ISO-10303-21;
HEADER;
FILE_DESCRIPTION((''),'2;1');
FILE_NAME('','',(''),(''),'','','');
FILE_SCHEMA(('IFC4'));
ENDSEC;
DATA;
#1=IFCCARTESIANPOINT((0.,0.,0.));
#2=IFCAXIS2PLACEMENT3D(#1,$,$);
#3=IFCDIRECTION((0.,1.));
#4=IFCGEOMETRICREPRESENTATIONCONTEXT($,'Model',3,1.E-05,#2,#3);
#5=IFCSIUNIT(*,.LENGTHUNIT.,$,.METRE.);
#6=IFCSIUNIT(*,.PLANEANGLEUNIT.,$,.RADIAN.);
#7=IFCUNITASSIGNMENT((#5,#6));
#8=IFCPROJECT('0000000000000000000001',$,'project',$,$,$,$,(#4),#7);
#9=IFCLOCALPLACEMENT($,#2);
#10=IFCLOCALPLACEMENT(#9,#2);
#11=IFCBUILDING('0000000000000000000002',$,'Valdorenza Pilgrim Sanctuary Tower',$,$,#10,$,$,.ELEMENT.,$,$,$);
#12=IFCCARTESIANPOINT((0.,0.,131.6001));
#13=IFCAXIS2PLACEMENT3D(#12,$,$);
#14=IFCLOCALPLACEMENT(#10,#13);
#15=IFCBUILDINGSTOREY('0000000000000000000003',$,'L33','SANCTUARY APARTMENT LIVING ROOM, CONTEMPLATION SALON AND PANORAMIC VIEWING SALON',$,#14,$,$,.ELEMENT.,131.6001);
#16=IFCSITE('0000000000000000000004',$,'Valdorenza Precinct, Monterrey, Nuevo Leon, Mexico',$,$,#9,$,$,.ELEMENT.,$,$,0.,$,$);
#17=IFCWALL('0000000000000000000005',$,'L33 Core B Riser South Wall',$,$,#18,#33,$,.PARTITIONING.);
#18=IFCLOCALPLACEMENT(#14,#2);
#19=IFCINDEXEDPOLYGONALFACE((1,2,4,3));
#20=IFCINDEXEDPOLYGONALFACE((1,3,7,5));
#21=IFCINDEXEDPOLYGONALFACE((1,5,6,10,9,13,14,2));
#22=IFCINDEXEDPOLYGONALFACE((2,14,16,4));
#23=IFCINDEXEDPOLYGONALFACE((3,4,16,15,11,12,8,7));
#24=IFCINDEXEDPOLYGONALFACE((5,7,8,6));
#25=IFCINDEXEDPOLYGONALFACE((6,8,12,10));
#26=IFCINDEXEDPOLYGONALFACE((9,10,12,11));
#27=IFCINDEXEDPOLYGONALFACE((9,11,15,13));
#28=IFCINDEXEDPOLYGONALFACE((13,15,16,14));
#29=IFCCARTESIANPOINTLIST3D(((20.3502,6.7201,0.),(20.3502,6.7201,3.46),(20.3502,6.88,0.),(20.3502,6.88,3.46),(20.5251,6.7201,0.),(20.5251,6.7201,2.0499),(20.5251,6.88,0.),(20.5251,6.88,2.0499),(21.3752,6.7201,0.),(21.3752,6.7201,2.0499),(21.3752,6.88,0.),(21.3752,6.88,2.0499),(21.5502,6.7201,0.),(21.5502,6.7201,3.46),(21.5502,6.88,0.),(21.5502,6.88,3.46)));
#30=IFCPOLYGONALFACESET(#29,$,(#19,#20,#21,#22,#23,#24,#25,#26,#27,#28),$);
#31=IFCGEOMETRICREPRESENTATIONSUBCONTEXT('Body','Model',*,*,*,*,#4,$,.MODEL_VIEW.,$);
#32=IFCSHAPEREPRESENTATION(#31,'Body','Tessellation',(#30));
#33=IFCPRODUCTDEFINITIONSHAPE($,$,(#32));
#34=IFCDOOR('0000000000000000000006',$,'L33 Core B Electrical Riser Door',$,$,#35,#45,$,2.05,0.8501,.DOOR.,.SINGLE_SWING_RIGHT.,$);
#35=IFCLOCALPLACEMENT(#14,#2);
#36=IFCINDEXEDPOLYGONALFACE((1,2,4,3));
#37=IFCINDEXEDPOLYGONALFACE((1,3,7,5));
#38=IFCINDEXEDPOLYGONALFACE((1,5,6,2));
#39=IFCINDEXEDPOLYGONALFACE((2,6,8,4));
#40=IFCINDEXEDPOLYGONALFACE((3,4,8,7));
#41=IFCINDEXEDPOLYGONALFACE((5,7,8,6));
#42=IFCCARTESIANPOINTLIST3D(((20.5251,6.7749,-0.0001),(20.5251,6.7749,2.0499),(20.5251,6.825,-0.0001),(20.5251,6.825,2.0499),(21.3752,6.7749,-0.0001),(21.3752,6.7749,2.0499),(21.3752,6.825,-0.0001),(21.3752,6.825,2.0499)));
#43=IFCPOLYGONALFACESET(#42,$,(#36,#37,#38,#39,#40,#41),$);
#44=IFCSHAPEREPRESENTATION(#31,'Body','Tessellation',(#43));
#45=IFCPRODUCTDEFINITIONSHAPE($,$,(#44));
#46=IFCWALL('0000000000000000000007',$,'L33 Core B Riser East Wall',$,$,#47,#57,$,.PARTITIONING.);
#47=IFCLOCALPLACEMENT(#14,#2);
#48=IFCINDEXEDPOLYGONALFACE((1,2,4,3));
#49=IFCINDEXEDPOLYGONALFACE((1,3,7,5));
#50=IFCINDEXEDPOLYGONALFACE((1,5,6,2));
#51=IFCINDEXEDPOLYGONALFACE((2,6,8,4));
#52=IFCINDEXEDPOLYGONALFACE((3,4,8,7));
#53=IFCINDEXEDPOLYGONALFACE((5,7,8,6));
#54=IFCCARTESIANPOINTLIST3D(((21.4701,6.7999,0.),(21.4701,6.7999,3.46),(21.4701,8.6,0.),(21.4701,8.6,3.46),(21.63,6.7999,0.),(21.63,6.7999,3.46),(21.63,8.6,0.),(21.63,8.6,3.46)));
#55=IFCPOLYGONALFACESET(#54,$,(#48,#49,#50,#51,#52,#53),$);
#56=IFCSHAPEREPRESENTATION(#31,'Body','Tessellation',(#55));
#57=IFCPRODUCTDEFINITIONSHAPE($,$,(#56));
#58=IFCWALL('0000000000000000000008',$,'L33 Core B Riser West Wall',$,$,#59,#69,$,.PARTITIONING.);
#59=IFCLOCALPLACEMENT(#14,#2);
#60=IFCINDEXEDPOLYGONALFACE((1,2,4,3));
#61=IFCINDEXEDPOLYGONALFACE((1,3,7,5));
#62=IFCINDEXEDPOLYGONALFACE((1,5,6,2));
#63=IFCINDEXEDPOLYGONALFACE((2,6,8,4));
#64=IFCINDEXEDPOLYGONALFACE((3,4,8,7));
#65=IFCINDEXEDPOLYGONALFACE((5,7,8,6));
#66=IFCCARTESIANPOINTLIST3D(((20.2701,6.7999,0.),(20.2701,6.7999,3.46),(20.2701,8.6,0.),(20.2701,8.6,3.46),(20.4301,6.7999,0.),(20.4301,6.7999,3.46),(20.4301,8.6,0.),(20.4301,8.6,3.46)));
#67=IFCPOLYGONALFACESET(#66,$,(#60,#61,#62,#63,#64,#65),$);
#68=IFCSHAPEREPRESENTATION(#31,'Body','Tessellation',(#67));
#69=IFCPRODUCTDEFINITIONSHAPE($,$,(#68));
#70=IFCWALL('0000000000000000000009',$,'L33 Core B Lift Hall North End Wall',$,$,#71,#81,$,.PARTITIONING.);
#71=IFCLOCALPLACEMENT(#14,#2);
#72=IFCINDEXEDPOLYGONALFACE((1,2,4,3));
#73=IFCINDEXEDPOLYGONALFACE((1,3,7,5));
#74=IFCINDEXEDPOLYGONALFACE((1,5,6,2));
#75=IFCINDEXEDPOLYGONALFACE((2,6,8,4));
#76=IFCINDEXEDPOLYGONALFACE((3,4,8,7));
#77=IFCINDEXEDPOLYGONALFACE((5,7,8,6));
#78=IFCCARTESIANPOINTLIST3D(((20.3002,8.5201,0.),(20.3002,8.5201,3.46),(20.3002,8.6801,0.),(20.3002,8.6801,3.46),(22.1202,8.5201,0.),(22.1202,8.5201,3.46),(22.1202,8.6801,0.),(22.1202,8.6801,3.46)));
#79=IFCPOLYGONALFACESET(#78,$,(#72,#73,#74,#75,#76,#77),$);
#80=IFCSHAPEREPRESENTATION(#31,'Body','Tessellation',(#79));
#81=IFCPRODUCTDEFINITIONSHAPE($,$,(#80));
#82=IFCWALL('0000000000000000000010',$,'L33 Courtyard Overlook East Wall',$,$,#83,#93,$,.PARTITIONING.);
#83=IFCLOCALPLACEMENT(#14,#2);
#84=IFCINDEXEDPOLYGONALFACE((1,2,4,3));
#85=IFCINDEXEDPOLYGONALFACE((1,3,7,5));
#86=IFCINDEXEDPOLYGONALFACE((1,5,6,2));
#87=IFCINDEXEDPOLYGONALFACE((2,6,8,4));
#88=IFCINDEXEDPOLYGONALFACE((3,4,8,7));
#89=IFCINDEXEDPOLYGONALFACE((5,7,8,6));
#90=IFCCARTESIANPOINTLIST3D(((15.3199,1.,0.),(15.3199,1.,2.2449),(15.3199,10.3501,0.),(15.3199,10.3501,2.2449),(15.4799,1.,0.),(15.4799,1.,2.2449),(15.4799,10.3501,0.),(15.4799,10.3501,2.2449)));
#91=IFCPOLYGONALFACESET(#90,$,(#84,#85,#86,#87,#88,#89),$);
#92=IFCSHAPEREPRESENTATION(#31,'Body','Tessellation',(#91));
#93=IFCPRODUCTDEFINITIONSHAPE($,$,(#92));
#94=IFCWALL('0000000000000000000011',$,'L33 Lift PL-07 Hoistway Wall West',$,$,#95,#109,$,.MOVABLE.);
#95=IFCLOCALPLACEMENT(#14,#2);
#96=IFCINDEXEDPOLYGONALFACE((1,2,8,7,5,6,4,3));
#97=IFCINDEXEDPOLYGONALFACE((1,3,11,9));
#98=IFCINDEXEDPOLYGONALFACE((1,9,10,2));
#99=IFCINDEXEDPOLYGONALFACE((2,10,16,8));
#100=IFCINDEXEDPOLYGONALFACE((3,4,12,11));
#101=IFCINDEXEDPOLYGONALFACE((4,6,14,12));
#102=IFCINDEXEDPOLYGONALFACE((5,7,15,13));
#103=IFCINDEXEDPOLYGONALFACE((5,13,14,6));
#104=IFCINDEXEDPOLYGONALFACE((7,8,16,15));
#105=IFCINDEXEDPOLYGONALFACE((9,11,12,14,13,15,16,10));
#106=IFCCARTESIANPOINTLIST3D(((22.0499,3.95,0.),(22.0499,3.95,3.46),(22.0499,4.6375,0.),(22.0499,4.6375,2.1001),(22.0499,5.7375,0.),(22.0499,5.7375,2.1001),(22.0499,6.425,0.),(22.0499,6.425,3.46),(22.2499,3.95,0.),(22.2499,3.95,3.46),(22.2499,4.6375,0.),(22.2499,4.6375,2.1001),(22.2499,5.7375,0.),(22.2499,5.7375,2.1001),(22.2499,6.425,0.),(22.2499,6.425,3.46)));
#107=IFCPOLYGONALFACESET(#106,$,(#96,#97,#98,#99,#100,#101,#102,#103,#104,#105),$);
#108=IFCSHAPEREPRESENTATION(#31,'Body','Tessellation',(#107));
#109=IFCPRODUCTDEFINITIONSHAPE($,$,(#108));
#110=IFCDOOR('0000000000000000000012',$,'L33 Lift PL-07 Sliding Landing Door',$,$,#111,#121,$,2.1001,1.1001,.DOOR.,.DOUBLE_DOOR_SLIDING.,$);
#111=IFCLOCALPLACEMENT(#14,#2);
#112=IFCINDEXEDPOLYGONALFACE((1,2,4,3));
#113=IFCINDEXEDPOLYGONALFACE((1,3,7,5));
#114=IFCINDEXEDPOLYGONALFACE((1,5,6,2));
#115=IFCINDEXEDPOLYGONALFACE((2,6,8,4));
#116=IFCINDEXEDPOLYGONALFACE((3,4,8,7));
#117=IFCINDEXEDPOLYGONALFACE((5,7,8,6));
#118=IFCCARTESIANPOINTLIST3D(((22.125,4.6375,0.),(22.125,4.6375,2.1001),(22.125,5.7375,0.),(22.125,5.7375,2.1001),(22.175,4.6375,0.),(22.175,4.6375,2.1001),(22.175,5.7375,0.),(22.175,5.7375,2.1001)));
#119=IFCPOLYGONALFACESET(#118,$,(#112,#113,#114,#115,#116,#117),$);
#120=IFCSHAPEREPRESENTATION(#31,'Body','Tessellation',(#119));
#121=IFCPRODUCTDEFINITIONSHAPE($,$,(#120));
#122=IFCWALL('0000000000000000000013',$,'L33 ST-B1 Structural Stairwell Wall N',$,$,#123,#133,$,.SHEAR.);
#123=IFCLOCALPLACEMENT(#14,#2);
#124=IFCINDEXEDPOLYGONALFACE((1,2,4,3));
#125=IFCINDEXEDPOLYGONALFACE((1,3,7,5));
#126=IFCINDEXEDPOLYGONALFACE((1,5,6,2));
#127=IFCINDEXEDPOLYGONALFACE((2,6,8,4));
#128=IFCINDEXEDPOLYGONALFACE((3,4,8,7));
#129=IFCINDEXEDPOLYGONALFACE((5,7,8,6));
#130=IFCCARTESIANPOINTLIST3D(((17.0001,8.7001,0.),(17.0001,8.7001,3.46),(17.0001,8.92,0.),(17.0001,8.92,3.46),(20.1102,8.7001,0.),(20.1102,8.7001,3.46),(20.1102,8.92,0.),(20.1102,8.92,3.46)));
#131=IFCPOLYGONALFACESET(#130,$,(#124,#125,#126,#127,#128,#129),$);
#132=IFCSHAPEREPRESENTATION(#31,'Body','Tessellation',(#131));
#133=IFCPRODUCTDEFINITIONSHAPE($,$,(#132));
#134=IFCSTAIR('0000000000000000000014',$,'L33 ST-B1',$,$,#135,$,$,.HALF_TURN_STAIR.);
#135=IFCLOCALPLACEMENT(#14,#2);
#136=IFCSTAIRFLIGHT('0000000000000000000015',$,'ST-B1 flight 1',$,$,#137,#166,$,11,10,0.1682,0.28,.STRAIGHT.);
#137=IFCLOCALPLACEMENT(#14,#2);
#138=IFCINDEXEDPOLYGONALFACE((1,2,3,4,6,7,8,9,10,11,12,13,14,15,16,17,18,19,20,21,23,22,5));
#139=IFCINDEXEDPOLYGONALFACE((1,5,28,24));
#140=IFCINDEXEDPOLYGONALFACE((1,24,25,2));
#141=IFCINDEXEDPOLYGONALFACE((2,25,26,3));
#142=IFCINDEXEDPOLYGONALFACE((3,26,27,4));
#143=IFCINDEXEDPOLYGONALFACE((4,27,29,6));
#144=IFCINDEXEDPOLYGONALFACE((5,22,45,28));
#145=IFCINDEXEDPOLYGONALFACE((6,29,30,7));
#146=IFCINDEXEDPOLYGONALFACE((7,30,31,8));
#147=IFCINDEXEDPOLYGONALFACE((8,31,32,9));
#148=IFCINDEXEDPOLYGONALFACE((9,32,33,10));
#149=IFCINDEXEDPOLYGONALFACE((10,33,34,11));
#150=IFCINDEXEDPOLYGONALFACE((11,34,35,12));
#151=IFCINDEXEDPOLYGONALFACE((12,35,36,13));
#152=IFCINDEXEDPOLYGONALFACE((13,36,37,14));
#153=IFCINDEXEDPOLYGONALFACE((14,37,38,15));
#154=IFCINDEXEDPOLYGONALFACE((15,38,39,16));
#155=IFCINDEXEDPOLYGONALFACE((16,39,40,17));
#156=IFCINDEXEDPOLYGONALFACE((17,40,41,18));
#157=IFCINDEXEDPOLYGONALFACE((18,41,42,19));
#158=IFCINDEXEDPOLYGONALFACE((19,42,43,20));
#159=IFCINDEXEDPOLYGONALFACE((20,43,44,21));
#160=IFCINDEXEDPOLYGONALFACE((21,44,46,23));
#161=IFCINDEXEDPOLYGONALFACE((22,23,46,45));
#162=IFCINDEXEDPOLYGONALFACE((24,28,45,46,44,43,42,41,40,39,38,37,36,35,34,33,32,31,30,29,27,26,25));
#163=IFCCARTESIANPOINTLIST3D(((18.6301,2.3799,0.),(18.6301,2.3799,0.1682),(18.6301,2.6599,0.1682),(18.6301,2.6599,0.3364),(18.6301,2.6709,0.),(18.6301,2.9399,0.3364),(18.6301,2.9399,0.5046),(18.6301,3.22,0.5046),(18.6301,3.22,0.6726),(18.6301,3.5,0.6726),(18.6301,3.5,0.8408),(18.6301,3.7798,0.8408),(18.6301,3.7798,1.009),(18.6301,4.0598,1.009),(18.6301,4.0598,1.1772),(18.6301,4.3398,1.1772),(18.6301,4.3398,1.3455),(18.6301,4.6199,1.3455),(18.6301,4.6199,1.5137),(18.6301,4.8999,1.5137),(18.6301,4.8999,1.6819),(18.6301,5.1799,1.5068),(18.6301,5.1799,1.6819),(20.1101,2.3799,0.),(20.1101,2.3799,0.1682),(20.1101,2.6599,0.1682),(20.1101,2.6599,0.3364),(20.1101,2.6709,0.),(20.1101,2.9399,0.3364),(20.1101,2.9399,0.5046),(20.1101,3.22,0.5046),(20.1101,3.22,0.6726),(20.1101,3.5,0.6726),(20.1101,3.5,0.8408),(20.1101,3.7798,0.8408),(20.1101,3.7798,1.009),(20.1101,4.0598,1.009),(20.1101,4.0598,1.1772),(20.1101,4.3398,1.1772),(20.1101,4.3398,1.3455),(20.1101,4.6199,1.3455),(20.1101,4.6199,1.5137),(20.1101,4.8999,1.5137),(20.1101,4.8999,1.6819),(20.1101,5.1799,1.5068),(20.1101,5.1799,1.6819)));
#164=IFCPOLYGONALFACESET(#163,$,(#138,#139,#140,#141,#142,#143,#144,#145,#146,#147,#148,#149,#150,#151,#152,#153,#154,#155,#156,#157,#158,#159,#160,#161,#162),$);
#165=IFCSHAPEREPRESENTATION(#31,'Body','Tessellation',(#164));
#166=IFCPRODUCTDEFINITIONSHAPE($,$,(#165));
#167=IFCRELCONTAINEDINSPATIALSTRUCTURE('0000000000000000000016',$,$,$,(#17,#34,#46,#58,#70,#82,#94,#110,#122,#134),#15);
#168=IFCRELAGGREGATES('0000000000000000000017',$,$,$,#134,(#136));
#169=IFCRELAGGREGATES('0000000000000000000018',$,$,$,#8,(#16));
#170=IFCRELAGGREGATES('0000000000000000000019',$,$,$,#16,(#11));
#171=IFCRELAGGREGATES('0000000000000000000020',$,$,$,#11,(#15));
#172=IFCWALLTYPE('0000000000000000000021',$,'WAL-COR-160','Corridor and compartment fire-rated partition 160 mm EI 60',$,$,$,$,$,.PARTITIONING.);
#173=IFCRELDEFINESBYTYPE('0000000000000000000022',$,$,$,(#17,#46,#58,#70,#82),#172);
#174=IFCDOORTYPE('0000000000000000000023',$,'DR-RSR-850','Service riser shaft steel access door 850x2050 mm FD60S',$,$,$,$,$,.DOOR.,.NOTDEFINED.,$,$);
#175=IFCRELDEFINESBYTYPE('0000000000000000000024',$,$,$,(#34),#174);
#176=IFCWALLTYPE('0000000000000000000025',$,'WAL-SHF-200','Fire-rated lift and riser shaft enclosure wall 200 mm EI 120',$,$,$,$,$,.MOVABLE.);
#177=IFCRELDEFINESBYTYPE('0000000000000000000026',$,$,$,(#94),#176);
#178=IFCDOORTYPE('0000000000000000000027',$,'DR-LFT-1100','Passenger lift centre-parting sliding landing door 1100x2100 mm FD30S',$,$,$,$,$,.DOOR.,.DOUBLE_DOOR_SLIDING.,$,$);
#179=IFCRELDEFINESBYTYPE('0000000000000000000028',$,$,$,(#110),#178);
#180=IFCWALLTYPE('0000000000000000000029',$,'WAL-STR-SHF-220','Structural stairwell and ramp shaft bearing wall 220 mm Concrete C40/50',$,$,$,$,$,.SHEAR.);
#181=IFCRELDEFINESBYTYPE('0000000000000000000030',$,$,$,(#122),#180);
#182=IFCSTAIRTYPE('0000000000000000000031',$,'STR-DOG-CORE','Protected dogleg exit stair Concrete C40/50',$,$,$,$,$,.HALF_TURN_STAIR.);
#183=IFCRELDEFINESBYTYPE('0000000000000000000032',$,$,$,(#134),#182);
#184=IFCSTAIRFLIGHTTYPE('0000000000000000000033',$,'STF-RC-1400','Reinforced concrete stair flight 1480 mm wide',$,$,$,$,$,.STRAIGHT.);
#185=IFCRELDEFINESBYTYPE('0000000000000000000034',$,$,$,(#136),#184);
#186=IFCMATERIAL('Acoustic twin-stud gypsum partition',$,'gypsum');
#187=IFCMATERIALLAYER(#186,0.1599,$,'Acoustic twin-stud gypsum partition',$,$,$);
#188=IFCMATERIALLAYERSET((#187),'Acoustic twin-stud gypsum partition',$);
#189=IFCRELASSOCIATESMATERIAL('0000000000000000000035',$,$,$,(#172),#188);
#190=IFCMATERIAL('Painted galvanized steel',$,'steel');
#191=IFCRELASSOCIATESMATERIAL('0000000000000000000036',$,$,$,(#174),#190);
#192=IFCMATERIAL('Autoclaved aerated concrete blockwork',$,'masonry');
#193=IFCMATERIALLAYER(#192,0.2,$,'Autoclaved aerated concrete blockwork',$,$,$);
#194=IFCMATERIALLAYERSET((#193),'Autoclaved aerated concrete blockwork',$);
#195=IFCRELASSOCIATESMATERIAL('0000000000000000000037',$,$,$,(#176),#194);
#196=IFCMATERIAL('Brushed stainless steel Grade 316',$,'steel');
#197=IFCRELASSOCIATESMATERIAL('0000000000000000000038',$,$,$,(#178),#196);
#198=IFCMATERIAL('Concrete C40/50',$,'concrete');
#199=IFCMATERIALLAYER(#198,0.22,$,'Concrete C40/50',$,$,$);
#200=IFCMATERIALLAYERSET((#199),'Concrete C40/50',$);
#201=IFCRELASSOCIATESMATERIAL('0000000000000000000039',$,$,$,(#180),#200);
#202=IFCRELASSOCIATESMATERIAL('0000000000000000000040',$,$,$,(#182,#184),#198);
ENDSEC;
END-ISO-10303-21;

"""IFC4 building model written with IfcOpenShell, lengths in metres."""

from ifc_helpers import new_model, si_unit, direction, frame, frame_2d, origin, place, context, subcontext, project, spatial, polyline, rectangle, outline, extrude, material, layer, layer_set, type_object, element, fill, aggregate, save


model = new_model("IFC4")

# Units and contexts
model_context = context("Model", 3, precision=1e-05, world=origin(), true_north=direction((0.0, 1.0)))
body_context = subcontext(model_context, "Body", "Model", "MODEL_VIEW")
ifc_project = project(units=[si_unit("LENGTHUNIT", "METRE"), si_unit("PLANEANGLEUNIT", "RADIAN")], contexts=[model_context])

# Site, building, storey
site_placement = place(None, origin())
site = spatial("IfcSite", under=ifc_project, at=site_placement, Name="Valdorenza Precinct, Monterrey, Nuevo Leon, Mexico", CompositionType="ELEMENT", RefElevation=0.0)
building_placement = place(site_placement, origin())
building = spatial("IfcBuilding", under=site, at=building_placement, Name="Valdorenza Pilgrim Sanctuary Tower", CompositionType="ELEMENT")
storey_placement = place(building_placement, frame((0.0, 0.0, 131.6001)))
storey = spatial("IfcBuildingStorey", under=building, at=storey_placement, Name="L33", Description="SANCTUARY APARTMENT LIVING ROOM, CONTEMPLATION SALON AND PANORAMIC VIEWING SALON", CompositionType="ELEMENT", Elevation=131.6001)

# Wall, opening, door
ifc_material_1 = material(Name="Acoustic twin-stud gypsum partition", Category="gypsum")
ifc_layer_1 = layer(ifc_material_1, 0.1599, Name="Acoustic twin-stud gypsum partition")
ifc_layer_set_1 = layer_set([ifc_layer_1], Name="Acoustic twin-stud gypsum partition")
wall_type_1 = type_object("IfcWallType", Name="WAL-COR-160", Description="Corridor and compartment fire-rated partition 160 mm EI 60", PredefinedType="PARTITIONING", material=ifc_layer_set_1)
wall_1_placement = place(storey_placement, frame((20.3501, 6.8, 0.0), z_axis=(0.0, 0.0, 1.0), x_axis=(1.0, 0.0, 0.0)))
wall_1 = element("IfcWall", 1, at=wall_1_placement, inside=storey, type_object=wall_type_1, Name="L33 Core B Riser South Wall", PredefinedType="PARTITIONING", context=body_context, shape_type="SweptSolid", body=[
    extrude(rectangle(XDim=1.2, YDim=0.1599, at=frame_2d((0.6001, 0.0))), origin(), (0.0, 0.0, 1.0), 3.46),
])
opening_1_placement = place(wall_1_placement, frame((0.175, 0.0, 0.0)))
opening_1 = element("IfcOpeningElement", 2, at=opening_1_placement, cuts=wall_1, PredefinedType="OPENING", context=body_context, shape_type="SweptSolid", body=[
    extrude(rectangle(XDim=0.8501, YDim=2.05, at=frame_2d((0.425, 1.0249))), frame((0.0, 0.0947, 0.0), z_axis=(0.0, -1.0, 0.0), x_axis=(1.0, 0.0, 0.0)), (0.0, 0.0, 1.0), 0.1897),
])
ifc_material_2 = material(Name="Painted galvanized steel", Category="steel")
door_type_1 = type_object("IfcDoorType", Name="DR-RSR-850", Description="Service riser shaft steel access door 850x2050 mm FD60S", OperationType="NOTDEFINED", PredefinedType="DOOR", material=ifc_material_2)
door_1_placement = place(opening_1_placement, origin())
door_1 = element("IfcDoor", 3, at=door_1_placement, inside=storey, type_object=door_type_1, Name="L33 Core B Electrical Riser Door", OperationType="SINGLE_SWING_RIGHT", OverallHeight=2.05, OverallWidth=0.8501, PredefinedType="DOOR", context=body_context, shape_type="SweptSolid", body=[
    extrude(rectangle(XDim=0.8501, YDim=2.05, at=frame_2d((0.425, 1.0249))), frame((0.0, 0.0249, 0.0), z_axis=(0.0, -1.0, 0.0), x_axis=(1.0, 0.0, 0.0)), (0.0, 0.0, 1.0), 0.05),
])
fill(opening_1, door_1)

# Walls
for number, where, z_axis, x_axis, name in (
    (4, (21.55, 6.8, 0.0), (0.0, 0.0, 1.0), (0.0, 1.0, 0.0), "L33 Core B Riser East Wall"),
    (5, (20.3501, 6.8, 0.0), (0.0, 0.0, 1.0), (0.0, 1.0, 0.0), "L33 Core B Riser West Wall"),
):
    element("IfcWall", number, at=place(storey_placement, frame(where, z_axis=z_axis, x_axis=x_axis)), inside=storey, type_object=wall_type_1, Name=name, PredefinedType="PARTITIONING", context=body_context, shape_type="SweptSolid", body=[
        extrude(rectangle(XDim=1.8, YDim=0.1599, at=frame_2d((0.8999, 0.0))), origin(), (0.0, 0.0, 1.0), 3.46),
    ])
wall_2_placement = place(storey_placement, frame((20.3, 8.6001, 0.0), z_axis=(0.0, 0.0, 1.0), x_axis=(1.0, 0.0, 0.0)))
element("IfcWall", 6, at=wall_2_placement, inside=storey, type_object=wall_type_1, Name="L33 Core B Lift Hall North End Wall", PredefinedType="PARTITIONING", context=body_context, shape_type="SweptSolid", body=[
    extrude(rectangle(XDim=1.8201, YDim=0.1599, at=frame_2d((0.9102, 0.0))), origin(), (0.0, 0.0, 1.0), 3.46),
])
wall_3_placement = place(storey_placement, frame((15.3999, 1.0, 0.0), z_axis=(0.0, 0.0, 1.0), x_axis=(0.0, 1.0, 0.0)))
element("IfcWall", 7, at=wall_3_placement, inside=storey, type_object=wall_type_1, Name="L33 Courtyard Overlook East Wall", PredefinedType="PARTITIONING", context=body_context, shape_type="SweptSolid", body=[
    extrude(rectangle(XDim=9.3501, YDim=0.1599, at=frame_2d((4.675, 0.0))), origin(), (0.0, 0.0, 1.0), 2.2449),
])

# Wall, opening, door
ifc_material_3 = material(Name="Autoclaved aerated concrete blockwork", Category="masonry")
ifc_layer_2 = layer(ifc_material_3, 0.2, Name="Autoclaved aerated concrete blockwork")
ifc_layer_set_2 = layer_set([ifc_layer_2], Name="Autoclaved aerated concrete blockwork")
wall_type_2 = type_object("IfcWallType", Name="WAL-SHF-200", Description="Fire-rated lift and riser shaft enclosure wall 200 mm EI 120", PredefinedType="MOVABLE", material=ifc_layer_set_2)
wall_4_placement = place(storey_placement, frame((22.1499, 3.95, 0.0), z_axis=(0.0, 0.0, 1.0), x_axis=(0.0, 1.0, 0.0)))
wall_4 = element("IfcWall", 8, at=wall_4_placement, inside=storey, type_object=wall_type_2, Name="L33 Lift PL-07 Hoistway Wall West", PredefinedType="MOVABLE", context=body_context, shape_type="SweptSolid", body=[
    extrude(rectangle(XDim=2.4751, YDim=0.2, at=frame_2d((1.2375, 0.0))), origin(), (0.0, 0.0, 1.0), 3.46),
])
opening_2_placement = place(wall_4_placement, frame((0.6875, 0.0, 0.0)))
opening_2 = element("IfcOpeningElement", 9, at=opening_2_placement, cuts=wall_4, PredefinedType="OPENING", context=body_context, shape_type="SweptSolid", body=[
    extrude(rectangle(XDim=1.1001, YDim=2.1001, at=frame_2d((0.55, 1.05))), frame((0.0, 0.1147, 0.0), z_axis=(0.0, -1.0, 0.0), x_axis=(1.0, 0.0, 0.0)), (0.0, 0.0, 1.0), 0.2297),
])
ifc_material_4 = material(Name="Brushed stainless steel Grade 316", Category="steel")
door_type_2 = type_object("IfcDoorType", Name="DR-LFT-1100", Description="Passenger lift centre-parting sliding landing door 1100x2100 mm FD30S", OperationType="DOUBLE_DOOR_SLIDING", PredefinedType="DOOR", material=ifc_material_4)
door_2_placement = place(opening_2_placement, origin())
door_2 = element("IfcDoor", 10, at=door_2_placement, inside=storey, type_object=door_type_2, Name="L33 Lift PL-07 Sliding Landing Door", OperationType="DOUBLE_DOOR_SLIDING", OverallHeight=2.1001, OverallWidth=1.1001, PredefinedType="DOOR", context=body_context, shape_type="SweptSolid", body=[
    extrude(rectangle(XDim=1.1001, YDim=2.1001, at=frame_2d((0.55, 1.05))), frame((0.0, 0.0249, 0.0), z_axis=(0.0, -1.0, 0.0), x_axis=(1.0, 0.0, 0.0)), (0.0, 0.0, 1.0), 0.05),
])
fill(opening_2, door_2)
ifc_material_5 = material(Name="Concrete C40/50", Category="concrete")
ifc_layer_3 = layer(ifc_material_5, 0.22, Name="Concrete C40/50")
ifc_layer_set_3 = layer_set([ifc_layer_3], Name="Concrete C40/50")
wall_type_3 = type_object("IfcWallType", Name="WAL-STR-SHF-220", Description="Structural stairwell and ramp shaft bearing wall 220 mm Concrete C40/50", PredefinedType="SHEAR", material=ifc_layer_set_3)

# Wall
wall_5_placement = place(storey_placement, frame((17.0, 8.8101, 0.0), z_axis=(0.0, 0.0, 1.0), x_axis=(1.0, 0.0, 0.0)))
element("IfcWall", 11, at=wall_5_placement, inside=storey, type_object=wall_type_3, Name="L33 ST-B1 Structural Stairwell Wall N", PredefinedType="SHEAR", context=body_context, shape_type="SweptSolid", body=[
    extrude(rectangle(XDim=3.1101, YDim=0.22, at=frame_2d((1.5552, 0.0))), origin(), (0.0, 0.0, 1.0), 3.46),
])

# Stair, stair flight
stair_type = type_object("IfcStairType", Name="STR-DOG-CORE", Description="Protected dogleg exit stair Concrete C40/50", PredefinedType="HALF_TURN_STAIR", material=ifc_material_5)
stair_placement = place(storey_placement, origin())
stair = element("IfcStair", 12, at=stair_placement, inside=storey, type_object=stair_type, Name="L33 ST-B1", PredefinedType="HALF_TURN_STAIR")
stair_flight_type = type_object("IfcStairFlightType", Name="STF-RC-1400", Description="Reinforced concrete stair flight 1480 mm wide", PredefinedType="STRAIGHT", material=ifc_material_5)
stair_flight_1_placement = place(storey_placement, frame((19.3701, 2.3799, 0.0), z_axis=(0.0, 0.0, 1.0), x_axis=(0.0, 1.0, 0.0)))
stair_flight_1 = element("IfcStairFlight", 13, at=stair_flight_1_placement, type_object=stair_flight_type, Name="ST-B1 flight 1", NumberOfRisers=11, NumberOfTreads=10, PredefinedType="STRAIGHT", RiserHeight=0.1682, TreadLength=0.28, context=body_context, shape_type="SweptSolid", body=[
    extrude(outline(polyline([(0.0, 0.0), (0.0, 0.1682), (0.28, 0.1682), (0.28, 0.3364), (0.5601, 0.3364), (0.5601, 0.5046), (0.8401, 0.5046), (0.8401, 0.6726), (1.1201, 0.6726), (1.1201, 0.8408), (1.3999, 0.8408), (1.3999, 1.009), (1.6799, 1.009), (1.6799, 1.1772), (1.96, 1.1772), (1.96, 1.3455), (2.24, 1.3455), (2.24, 1.5137), (2.52, 1.5137), (2.52, 1.6819), (2.8, 1.6819), (2.8, 1.8501), (2.8, 1.5068), (0.291, 0.0), (0.0, 0.0)])), frame((0.0, 0.74, 0.0), z_axis=(0.0, -1.0, 0.0), x_axis=(1.0, 0.0, 0.0)), (0.0, 0.0, 1.0), 1.48),
])
aggregate(stair, [stair_flight_1])

save(model, "model.ifc")
